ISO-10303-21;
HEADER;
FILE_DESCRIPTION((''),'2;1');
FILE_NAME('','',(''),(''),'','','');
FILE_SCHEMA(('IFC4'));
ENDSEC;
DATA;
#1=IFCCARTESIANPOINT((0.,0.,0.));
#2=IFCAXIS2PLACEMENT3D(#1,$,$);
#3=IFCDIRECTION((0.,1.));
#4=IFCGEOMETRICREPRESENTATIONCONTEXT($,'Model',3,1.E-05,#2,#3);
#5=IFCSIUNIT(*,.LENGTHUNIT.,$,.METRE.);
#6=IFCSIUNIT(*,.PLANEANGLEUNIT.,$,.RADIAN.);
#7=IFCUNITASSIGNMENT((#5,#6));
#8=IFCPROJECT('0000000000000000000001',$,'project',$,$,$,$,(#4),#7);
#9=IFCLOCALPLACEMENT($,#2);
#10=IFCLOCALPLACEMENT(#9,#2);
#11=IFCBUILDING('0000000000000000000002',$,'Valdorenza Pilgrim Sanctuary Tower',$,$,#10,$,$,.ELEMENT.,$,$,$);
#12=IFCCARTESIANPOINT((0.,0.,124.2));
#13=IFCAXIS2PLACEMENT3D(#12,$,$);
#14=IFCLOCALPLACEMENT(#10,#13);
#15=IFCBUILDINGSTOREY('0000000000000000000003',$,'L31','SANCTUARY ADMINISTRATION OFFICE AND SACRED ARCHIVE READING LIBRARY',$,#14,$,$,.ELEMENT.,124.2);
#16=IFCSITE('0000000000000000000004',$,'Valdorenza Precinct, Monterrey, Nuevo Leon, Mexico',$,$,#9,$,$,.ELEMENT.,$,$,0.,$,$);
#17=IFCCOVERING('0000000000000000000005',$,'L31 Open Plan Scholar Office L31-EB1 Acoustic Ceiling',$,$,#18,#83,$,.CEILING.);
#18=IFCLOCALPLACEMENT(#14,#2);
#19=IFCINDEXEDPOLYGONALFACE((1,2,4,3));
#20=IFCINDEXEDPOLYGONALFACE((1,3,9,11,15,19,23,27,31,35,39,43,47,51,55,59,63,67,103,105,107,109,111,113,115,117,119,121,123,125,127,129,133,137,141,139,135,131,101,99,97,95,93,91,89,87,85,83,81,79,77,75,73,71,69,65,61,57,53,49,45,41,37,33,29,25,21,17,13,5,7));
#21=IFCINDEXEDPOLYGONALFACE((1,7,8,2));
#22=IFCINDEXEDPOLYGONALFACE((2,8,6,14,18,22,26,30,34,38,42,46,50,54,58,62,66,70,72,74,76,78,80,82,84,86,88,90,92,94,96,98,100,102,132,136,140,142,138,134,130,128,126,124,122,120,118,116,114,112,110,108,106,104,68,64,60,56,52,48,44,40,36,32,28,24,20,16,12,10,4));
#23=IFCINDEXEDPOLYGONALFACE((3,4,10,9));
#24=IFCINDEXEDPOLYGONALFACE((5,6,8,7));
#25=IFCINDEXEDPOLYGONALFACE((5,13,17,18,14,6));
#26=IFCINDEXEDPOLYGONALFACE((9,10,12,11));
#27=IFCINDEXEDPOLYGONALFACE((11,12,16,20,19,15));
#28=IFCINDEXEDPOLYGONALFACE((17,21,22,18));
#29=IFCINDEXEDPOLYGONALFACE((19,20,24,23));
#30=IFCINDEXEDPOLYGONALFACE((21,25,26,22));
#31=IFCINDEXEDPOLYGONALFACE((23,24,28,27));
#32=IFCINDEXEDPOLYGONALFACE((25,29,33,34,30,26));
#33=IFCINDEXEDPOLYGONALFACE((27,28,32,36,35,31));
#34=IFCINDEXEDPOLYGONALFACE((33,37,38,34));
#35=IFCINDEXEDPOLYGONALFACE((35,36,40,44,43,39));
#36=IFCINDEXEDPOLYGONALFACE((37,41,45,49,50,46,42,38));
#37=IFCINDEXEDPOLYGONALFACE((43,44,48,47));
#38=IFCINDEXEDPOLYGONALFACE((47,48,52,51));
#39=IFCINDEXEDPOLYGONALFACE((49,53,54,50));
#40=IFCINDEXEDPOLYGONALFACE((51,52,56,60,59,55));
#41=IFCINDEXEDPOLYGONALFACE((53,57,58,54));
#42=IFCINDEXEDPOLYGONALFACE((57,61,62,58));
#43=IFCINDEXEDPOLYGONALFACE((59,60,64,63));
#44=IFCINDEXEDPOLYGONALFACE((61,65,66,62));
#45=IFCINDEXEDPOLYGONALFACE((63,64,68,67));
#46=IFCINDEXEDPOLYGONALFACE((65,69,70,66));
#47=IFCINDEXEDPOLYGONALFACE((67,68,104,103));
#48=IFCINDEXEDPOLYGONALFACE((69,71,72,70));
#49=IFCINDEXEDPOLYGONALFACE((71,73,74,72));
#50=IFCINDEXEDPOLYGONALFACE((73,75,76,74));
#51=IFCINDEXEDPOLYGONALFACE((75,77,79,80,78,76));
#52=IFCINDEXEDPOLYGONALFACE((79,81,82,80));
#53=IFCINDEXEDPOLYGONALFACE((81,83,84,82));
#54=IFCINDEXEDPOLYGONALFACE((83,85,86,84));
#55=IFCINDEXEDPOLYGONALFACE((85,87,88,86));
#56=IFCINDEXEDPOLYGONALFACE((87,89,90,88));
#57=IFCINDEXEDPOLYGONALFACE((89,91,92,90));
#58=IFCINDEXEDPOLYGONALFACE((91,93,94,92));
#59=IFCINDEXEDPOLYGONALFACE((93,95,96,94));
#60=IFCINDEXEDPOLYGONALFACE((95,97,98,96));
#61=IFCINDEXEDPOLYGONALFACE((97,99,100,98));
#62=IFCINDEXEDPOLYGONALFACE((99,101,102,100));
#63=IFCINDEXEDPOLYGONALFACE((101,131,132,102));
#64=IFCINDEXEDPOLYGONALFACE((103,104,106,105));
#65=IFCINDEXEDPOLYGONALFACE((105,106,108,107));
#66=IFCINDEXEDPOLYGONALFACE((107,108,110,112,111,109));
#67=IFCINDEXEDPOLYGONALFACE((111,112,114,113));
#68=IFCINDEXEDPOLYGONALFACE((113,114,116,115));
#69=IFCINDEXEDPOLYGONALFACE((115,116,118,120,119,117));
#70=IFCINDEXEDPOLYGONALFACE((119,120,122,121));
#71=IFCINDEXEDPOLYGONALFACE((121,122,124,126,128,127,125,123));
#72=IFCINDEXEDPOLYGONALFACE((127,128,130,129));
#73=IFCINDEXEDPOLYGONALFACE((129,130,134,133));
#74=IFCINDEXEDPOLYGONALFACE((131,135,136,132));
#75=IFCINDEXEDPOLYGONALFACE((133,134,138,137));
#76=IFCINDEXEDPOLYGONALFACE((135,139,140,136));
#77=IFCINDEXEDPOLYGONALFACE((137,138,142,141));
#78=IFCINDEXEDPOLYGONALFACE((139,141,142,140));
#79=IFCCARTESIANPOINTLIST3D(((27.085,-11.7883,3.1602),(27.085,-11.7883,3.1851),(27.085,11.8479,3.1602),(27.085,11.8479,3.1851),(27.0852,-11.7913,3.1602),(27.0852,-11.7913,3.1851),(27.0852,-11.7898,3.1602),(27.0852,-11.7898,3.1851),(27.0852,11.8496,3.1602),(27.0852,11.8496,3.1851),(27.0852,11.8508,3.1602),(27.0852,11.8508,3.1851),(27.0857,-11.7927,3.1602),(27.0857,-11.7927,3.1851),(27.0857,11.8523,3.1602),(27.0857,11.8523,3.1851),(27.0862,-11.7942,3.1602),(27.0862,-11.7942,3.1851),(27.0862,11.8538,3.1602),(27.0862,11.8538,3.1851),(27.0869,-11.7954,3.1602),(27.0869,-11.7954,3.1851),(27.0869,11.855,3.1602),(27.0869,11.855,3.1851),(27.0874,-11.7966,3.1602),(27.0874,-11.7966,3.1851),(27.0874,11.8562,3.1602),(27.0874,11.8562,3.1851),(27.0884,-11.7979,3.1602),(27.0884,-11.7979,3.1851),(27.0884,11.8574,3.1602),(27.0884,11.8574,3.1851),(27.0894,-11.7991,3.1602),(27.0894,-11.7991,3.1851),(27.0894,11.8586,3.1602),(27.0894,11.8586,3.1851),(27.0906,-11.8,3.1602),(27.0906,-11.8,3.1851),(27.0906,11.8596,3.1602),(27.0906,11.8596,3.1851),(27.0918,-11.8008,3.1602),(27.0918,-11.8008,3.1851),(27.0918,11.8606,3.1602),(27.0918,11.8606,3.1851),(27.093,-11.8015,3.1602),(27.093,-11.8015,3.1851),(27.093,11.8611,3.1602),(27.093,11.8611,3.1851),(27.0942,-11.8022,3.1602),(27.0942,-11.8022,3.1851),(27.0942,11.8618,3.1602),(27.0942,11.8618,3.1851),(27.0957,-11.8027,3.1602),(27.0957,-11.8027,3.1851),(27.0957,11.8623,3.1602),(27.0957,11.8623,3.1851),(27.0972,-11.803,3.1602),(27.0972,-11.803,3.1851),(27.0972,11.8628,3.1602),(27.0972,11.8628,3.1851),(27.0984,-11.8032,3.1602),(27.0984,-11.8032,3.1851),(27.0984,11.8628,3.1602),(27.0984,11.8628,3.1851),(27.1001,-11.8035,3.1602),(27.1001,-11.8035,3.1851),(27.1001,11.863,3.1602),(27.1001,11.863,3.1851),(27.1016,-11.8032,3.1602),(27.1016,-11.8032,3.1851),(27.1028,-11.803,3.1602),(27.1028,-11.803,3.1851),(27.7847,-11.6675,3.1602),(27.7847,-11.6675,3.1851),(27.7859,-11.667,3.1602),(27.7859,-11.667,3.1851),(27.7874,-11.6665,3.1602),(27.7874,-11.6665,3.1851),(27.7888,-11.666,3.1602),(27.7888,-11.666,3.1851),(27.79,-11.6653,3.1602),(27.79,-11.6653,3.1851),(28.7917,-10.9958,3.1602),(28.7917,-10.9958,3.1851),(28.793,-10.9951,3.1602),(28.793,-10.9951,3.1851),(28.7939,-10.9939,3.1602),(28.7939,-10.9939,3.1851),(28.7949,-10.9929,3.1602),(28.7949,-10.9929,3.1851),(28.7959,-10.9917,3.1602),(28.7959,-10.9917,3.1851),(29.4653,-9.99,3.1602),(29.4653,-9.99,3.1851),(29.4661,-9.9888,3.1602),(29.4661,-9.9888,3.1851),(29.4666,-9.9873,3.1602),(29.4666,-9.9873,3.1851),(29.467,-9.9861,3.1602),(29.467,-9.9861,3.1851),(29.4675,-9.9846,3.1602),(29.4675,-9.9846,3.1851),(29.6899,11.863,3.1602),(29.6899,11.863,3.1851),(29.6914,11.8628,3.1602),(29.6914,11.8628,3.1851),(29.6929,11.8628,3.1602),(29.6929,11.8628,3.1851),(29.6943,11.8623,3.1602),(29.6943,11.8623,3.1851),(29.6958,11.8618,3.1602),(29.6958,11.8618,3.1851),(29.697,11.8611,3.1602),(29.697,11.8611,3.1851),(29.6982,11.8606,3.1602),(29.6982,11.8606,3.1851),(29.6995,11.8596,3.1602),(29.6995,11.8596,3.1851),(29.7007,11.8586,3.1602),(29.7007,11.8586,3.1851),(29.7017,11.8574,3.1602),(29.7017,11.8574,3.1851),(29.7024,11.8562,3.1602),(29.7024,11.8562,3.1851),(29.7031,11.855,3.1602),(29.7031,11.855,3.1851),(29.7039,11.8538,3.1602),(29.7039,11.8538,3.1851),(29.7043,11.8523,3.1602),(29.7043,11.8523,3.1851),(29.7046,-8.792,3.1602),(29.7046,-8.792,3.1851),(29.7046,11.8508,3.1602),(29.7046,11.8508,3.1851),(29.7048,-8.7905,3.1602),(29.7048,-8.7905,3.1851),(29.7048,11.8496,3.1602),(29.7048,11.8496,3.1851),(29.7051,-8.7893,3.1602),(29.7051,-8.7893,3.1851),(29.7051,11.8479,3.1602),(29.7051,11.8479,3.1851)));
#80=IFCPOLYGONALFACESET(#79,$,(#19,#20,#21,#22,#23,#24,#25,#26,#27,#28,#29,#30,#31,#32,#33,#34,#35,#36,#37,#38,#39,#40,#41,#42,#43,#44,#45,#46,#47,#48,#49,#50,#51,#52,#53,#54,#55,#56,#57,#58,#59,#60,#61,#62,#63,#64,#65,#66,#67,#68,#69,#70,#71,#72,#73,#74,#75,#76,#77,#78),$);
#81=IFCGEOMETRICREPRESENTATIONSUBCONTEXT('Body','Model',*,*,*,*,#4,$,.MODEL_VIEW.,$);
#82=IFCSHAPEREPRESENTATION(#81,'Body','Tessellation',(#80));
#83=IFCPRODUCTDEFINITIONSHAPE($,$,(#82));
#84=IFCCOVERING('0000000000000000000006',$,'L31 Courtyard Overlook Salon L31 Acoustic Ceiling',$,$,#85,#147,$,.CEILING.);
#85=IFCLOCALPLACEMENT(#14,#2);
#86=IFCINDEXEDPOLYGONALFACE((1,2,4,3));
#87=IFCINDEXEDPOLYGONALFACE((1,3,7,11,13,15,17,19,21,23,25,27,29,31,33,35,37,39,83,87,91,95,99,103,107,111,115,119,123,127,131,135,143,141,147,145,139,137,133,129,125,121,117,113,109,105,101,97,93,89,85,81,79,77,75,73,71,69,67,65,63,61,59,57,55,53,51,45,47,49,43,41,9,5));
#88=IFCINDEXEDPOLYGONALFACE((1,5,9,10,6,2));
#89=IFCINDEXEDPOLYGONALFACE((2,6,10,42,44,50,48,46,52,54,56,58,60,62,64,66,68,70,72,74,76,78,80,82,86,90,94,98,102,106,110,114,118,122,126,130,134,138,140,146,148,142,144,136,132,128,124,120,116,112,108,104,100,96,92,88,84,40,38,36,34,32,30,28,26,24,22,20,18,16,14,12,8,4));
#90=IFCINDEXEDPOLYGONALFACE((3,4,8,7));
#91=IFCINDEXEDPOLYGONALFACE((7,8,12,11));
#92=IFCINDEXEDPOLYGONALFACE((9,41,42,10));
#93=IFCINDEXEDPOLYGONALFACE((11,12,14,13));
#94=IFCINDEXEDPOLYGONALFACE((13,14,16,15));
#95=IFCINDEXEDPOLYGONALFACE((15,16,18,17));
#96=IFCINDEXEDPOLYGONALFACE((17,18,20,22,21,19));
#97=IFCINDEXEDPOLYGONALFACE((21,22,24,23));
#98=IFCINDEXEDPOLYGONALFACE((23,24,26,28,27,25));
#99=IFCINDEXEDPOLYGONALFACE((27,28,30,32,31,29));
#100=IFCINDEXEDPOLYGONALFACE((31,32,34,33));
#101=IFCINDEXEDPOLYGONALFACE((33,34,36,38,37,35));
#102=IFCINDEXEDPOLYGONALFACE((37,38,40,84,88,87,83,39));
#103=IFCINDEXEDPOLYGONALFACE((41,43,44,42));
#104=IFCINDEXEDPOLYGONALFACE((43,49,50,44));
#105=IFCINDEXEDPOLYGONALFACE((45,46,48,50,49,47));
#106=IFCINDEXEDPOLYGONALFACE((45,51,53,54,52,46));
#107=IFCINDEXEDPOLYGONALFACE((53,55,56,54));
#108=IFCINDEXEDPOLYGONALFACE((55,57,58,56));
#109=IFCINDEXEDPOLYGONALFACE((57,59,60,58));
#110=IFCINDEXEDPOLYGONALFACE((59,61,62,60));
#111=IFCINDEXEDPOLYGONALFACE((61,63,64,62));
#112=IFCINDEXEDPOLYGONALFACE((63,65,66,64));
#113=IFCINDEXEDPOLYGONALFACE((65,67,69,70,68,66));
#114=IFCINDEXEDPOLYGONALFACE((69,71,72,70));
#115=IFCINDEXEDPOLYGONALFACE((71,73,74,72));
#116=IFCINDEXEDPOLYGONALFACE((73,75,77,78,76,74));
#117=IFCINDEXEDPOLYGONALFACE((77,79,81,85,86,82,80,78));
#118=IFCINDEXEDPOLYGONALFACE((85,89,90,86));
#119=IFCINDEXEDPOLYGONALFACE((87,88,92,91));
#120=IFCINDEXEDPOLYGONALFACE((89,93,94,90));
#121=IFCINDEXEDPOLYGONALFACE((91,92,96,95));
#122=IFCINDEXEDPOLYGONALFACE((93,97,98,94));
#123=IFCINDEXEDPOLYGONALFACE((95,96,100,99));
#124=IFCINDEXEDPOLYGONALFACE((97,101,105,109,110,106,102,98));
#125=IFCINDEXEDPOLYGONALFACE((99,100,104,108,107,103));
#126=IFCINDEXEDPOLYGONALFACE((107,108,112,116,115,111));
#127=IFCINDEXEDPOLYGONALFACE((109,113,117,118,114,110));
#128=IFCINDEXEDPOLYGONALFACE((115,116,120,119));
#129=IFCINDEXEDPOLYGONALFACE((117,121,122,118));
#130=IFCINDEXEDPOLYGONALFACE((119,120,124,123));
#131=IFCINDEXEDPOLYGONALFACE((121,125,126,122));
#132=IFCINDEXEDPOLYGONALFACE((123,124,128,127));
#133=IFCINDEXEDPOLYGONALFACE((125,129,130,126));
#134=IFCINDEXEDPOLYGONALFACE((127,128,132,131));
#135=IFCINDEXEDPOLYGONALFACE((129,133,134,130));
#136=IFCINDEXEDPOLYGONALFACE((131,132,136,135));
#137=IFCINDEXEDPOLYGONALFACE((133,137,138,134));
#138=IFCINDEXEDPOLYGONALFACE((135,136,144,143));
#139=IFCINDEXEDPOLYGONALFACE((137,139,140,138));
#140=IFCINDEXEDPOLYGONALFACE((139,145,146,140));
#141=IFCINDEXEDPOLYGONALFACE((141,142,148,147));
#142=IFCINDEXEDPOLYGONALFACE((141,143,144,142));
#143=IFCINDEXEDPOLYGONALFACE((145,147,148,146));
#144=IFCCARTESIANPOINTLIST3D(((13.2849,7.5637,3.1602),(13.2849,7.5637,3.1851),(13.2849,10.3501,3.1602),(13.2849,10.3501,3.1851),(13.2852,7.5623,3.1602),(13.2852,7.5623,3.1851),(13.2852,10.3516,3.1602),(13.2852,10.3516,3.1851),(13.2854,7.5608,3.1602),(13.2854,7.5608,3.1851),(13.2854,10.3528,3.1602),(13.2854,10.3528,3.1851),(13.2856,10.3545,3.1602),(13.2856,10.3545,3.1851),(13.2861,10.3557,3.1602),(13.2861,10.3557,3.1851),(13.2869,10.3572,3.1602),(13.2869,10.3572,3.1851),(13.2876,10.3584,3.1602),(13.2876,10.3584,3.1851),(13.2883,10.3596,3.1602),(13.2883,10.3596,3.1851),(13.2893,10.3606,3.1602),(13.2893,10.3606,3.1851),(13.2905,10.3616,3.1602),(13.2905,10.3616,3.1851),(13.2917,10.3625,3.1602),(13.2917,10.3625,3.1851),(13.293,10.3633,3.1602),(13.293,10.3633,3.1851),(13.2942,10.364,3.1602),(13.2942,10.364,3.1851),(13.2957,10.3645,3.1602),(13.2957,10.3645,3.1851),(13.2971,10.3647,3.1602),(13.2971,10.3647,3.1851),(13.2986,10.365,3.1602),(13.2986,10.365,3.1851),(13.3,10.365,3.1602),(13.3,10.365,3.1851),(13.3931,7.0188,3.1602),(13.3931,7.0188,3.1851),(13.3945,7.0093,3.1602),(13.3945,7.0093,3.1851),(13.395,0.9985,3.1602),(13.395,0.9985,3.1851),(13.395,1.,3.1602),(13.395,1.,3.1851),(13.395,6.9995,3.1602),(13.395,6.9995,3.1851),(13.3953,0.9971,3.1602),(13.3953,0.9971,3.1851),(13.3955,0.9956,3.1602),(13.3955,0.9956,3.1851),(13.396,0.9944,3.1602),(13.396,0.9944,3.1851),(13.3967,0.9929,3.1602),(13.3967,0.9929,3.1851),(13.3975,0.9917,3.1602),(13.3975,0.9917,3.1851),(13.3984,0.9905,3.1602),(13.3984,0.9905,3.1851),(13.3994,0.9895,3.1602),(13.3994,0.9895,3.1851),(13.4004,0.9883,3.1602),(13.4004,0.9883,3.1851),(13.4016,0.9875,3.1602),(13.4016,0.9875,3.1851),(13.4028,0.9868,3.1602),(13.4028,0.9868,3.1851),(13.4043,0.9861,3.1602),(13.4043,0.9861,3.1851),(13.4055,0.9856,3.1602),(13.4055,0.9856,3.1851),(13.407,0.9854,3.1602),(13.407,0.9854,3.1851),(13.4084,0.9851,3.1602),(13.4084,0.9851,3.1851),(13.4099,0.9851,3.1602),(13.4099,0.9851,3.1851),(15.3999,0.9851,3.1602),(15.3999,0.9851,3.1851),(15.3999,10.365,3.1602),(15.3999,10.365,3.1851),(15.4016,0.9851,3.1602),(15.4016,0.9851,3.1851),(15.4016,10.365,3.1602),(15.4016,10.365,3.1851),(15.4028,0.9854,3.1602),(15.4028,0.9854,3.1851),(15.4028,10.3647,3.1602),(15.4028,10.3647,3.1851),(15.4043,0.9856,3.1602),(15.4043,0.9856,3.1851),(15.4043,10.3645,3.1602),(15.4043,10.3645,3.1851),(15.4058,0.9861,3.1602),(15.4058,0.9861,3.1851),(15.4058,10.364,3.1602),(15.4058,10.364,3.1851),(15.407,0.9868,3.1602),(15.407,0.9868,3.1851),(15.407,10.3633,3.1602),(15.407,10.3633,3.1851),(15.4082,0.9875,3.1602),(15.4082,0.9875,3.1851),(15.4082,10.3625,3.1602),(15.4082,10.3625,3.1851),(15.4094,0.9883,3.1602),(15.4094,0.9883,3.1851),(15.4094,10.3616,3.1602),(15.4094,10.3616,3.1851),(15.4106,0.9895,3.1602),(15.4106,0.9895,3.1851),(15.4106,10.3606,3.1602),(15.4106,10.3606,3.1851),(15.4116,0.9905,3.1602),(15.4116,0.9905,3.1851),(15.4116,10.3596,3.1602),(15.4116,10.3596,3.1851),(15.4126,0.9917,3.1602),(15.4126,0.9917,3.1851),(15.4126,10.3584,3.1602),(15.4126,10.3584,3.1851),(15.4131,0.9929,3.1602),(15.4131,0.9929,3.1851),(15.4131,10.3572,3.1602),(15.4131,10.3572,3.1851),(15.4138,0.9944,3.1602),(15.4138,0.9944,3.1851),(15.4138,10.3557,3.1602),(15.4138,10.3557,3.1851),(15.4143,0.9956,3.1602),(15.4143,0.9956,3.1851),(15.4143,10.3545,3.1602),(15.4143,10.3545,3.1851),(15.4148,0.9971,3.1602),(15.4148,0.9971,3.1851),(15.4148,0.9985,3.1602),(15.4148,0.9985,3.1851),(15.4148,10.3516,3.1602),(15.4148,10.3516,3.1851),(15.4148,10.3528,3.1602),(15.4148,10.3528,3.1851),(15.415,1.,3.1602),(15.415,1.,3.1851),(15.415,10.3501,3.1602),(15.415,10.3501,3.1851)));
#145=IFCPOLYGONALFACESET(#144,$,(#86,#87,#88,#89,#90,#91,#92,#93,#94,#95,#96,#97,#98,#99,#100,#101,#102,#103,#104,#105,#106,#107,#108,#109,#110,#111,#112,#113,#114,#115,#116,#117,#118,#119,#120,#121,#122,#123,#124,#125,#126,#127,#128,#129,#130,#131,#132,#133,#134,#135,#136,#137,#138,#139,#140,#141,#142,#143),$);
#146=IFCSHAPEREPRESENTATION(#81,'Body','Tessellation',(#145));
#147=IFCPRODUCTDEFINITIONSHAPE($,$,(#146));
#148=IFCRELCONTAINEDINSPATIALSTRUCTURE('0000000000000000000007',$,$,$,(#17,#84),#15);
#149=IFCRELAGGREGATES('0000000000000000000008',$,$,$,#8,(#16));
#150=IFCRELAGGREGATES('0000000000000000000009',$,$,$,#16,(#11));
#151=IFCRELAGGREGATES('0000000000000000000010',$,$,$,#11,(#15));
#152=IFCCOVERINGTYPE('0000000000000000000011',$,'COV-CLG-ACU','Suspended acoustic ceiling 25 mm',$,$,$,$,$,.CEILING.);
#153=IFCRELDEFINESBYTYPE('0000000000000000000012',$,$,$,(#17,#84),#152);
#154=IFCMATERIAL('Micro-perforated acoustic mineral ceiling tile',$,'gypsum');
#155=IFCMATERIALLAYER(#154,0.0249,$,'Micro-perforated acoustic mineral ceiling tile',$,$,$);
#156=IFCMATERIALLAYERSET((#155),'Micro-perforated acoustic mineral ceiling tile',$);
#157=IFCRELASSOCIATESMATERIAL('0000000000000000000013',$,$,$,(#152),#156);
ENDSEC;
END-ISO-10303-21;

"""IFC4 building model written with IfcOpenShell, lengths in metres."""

from ifc_helpers import new_model, si_unit, direction, frame, origin, place, context, subcontext, project, spatial, polyline, outline, extrude, material, layer, layer_set, type_object, element, save


model = new_model("IFC4")

# Units and contexts
model_context = context("Model", 3, precision=1e-05, world=origin(), true_north=direction((0.0, 1.0)))
body_context = subcontext(model_context, "Body", "Model", "MODEL_VIEW")
ifc_project = project(units=[si_unit("LENGTHUNIT", "METRE"), si_unit("PLANEANGLEUNIT", "RADIAN")], contexts=[model_context])

# Site, building, storey
site_placement = place(None, origin())
site = spatial("IfcSite", under=ifc_project, at=site_placement, Name="Valdorenza Precinct, Monterrey, Nuevo Leon, Mexico", CompositionType="ELEMENT", RefElevation=0.0)
building_placement = place(site_placement, origin())
building = spatial("IfcBuilding", under=site, at=building_placement, Name="Valdorenza Pilgrim Sanctuary Tower", CompositionType="ELEMENT")
storey_placement = place(building_placement, frame((0.0, 0.0, 124.2)))
storey = spatial("IfcBuildingStorey", under=building, at=storey_placement, Name="L31", Description="SANCTUARY ADMINISTRATION OFFICE AND SACRED ARCHIVE READING LIBRARY", CompositionType="ELEMENT", Elevation=124.2)

# Coverings
ifc_material_1 = material(Name="Micro-perforated acoustic mineral ceiling tile", Category="gypsum")
ifc_layer_1 = layer(ifc_material_1, 0.0249, Name="Micro-perforated acoustic mineral ceiling tile")
ifc_layer_set_1 = layer_set([ifc_layer_1], Name="Micro-perforated acoustic mineral ceiling tile")
covering_type_1 = type_object("IfcCoveringType", Name="COV-CLG-ACU", Description="Suspended acoustic ceiling 25 mm", PredefinedType="CEILING", material=ifc_layer_set_1)
covering_1_placement = place(storey_placement, frame((0.0, 0.0, 3.1602)))
element("IfcCovering", 1, at=covering_1_placement, inside=storey, type_object=covering_type_1, Name="L31 Open Plan Scholar Office L31-EB1 Acoustic Ceiling", PredefinedType="CEILING", context=body_context, shape_type="SweptSolid", body=[
    extrude(outline(polyline([(29.7051, -8.7893), (29.7048, -8.7905), (29.7046, -8.792), (29.4675, -9.9846), (29.467, -9.9861), (29.4666, -9.9873), (29.4661, -9.9888), (29.4653, -9.99), (28.7959, -10.9917), (28.7949, -10.9929), (28.7939, -10.9939), (28.793, -10.9951), (28.7917, -10.9958), (27.79, -11.6653), (27.7888, -11.666), (27.7874, -11.6665), (27.7859, -11.667), (27.7847, -11.6675), (27.1028, -11.803), (27.1016, -11.8032), (27.1001, -11.8035), (27.0984, -11.8032), (27.0972, -11.803), (27.0957, -11.8027), (27.0942, -11.8022), (27.093, -11.8015), (27.0918, -11.8008), (27.0906, -11.8), (27.0894, -11.7991), (27.0884, -11.7979), (27.0874, -11.7966), (27.0869, -11.7954), (27.0862, -11.7942), (27.0857, -11.7927), (27.0852, -11.7913), (27.0852, -11.7898), (27.085, -11.7883), (27.085, 11.8479), (27.0852, 11.8496), (27.0852, 11.8508), (27.0857, 11.8523), (27.0862, 11.8538), (27.0869, 11.855), (27.0874, 11.8562), (27.0884, 11.8574), (27.0894, 11.8586), (27.0906, 11.8596), (27.0918, 11.8606), (27.093, 11.8611), (27.0942, 11.8618), (27.0957, 11.8623), (27.0972, 11.8628), (27.0984, 11.8628), (27.1001, 11.863), (29.6899, 11.863), (29.6914, 11.8628), (29.6929, 11.8628), (29.6943, 11.8623), (29.6958, 11.8618), (29.697, 11.8611), (29.6982, 11.8606), (29.6995, 11.8596), (29.7007, 11.8586), (29.7017, 11.8574), (29.7024, 11.8562), (29.7031, 11.855), (29.7039, 11.8538), (29.7043, 11.8523), (29.7046, 11.8508), (29.7048, 11.8496), (29.7051, 11.8479), (29.7051, -8.7893)])), origin(), (0.0, 0.0, 1.0), 0.0249),
])
covering_2_placement = place(storey_placement, frame((0.0, 0.0, 3.1602)))
element("IfcCovering", 2, at=covering_2_placement, inside=storey, type_object=covering_type_1, Name="L31 Courtyard Overlook Salon L31 Acoustic Ceiling", PredefinedType="CEILING", context=body_context, shape_type="SweptSolid", body=[
    extrude(outline(polyline([(15.3999, 10.365), (15.4016, 10.365), (15.4028, 10.3647), (15.4043, 10.3645), (15.4058, 10.364), (15.407, 10.3633), (15.4082, 10.3625), (15.4094, 10.3616), (15.4106, 10.3606), (15.4116, 10.3596), (15.4126, 10.3584), (15.4131, 10.3572), (15.4138, 10.3557), (15.4143, 10.3545), (15.4148, 10.3528), (15.4148, 10.3516), (15.415, 10.3501), (15.415, 1.0), (15.4148, 0.9985), (15.4148, 0.9971), (15.4143, 0.9956), (15.4138, 0.9944), (15.4131, 0.9929), (15.4126, 0.9917), (15.4116, 0.9905), (15.4106, 0.9895), (15.4094, 0.9883), (15.4082, 0.9875), (15.407, 0.9868), (15.4058, 0.9861), (15.4043, 0.9856), (15.4028, 0.9854), (15.4016, 0.9851), (15.3999, 0.9851), (13.4099, 0.9851), (13.4084, 0.9851), (13.407, 0.9854), (13.4055, 0.9856), (13.4043, 0.9861), (13.4028, 0.9868), (13.4016, 0.9875), (13.4004, 0.9883), (13.3994, 0.9895), (13.3984, 0.9905), (13.3975, 0.9917), (13.3967, 0.9929), (13.396, 0.9944), (13.3955, 0.9956), (13.3953, 0.9971), (13.395, 0.9985), (13.395, 1.0), (13.395, 6.9995), (13.3945, 7.0093), (13.3931, 7.0188), (13.2854, 7.5608), (13.2852, 7.5623), (13.2849, 7.5637), (13.2849, 10.3501), (13.2852, 10.3516), (13.2854, 10.3528), (13.2856, 10.3545), (13.2861, 10.3557), (13.2869, 10.3572), (13.2876, 10.3584), (13.2883, 10.3596), (13.2893, 10.3606), (13.2905, 10.3616), (13.2917, 10.3625), (13.293, 10.3633), (13.2942, 10.364), (13.2957, 10.3645), (13.2971, 10.3647), (13.2986, 10.365), (13.3, 10.365), (15.3999, 10.365)])), origin(), (0.0, 0.0, 1.0), 0.0249),
])

save(model, "model.ifc")
